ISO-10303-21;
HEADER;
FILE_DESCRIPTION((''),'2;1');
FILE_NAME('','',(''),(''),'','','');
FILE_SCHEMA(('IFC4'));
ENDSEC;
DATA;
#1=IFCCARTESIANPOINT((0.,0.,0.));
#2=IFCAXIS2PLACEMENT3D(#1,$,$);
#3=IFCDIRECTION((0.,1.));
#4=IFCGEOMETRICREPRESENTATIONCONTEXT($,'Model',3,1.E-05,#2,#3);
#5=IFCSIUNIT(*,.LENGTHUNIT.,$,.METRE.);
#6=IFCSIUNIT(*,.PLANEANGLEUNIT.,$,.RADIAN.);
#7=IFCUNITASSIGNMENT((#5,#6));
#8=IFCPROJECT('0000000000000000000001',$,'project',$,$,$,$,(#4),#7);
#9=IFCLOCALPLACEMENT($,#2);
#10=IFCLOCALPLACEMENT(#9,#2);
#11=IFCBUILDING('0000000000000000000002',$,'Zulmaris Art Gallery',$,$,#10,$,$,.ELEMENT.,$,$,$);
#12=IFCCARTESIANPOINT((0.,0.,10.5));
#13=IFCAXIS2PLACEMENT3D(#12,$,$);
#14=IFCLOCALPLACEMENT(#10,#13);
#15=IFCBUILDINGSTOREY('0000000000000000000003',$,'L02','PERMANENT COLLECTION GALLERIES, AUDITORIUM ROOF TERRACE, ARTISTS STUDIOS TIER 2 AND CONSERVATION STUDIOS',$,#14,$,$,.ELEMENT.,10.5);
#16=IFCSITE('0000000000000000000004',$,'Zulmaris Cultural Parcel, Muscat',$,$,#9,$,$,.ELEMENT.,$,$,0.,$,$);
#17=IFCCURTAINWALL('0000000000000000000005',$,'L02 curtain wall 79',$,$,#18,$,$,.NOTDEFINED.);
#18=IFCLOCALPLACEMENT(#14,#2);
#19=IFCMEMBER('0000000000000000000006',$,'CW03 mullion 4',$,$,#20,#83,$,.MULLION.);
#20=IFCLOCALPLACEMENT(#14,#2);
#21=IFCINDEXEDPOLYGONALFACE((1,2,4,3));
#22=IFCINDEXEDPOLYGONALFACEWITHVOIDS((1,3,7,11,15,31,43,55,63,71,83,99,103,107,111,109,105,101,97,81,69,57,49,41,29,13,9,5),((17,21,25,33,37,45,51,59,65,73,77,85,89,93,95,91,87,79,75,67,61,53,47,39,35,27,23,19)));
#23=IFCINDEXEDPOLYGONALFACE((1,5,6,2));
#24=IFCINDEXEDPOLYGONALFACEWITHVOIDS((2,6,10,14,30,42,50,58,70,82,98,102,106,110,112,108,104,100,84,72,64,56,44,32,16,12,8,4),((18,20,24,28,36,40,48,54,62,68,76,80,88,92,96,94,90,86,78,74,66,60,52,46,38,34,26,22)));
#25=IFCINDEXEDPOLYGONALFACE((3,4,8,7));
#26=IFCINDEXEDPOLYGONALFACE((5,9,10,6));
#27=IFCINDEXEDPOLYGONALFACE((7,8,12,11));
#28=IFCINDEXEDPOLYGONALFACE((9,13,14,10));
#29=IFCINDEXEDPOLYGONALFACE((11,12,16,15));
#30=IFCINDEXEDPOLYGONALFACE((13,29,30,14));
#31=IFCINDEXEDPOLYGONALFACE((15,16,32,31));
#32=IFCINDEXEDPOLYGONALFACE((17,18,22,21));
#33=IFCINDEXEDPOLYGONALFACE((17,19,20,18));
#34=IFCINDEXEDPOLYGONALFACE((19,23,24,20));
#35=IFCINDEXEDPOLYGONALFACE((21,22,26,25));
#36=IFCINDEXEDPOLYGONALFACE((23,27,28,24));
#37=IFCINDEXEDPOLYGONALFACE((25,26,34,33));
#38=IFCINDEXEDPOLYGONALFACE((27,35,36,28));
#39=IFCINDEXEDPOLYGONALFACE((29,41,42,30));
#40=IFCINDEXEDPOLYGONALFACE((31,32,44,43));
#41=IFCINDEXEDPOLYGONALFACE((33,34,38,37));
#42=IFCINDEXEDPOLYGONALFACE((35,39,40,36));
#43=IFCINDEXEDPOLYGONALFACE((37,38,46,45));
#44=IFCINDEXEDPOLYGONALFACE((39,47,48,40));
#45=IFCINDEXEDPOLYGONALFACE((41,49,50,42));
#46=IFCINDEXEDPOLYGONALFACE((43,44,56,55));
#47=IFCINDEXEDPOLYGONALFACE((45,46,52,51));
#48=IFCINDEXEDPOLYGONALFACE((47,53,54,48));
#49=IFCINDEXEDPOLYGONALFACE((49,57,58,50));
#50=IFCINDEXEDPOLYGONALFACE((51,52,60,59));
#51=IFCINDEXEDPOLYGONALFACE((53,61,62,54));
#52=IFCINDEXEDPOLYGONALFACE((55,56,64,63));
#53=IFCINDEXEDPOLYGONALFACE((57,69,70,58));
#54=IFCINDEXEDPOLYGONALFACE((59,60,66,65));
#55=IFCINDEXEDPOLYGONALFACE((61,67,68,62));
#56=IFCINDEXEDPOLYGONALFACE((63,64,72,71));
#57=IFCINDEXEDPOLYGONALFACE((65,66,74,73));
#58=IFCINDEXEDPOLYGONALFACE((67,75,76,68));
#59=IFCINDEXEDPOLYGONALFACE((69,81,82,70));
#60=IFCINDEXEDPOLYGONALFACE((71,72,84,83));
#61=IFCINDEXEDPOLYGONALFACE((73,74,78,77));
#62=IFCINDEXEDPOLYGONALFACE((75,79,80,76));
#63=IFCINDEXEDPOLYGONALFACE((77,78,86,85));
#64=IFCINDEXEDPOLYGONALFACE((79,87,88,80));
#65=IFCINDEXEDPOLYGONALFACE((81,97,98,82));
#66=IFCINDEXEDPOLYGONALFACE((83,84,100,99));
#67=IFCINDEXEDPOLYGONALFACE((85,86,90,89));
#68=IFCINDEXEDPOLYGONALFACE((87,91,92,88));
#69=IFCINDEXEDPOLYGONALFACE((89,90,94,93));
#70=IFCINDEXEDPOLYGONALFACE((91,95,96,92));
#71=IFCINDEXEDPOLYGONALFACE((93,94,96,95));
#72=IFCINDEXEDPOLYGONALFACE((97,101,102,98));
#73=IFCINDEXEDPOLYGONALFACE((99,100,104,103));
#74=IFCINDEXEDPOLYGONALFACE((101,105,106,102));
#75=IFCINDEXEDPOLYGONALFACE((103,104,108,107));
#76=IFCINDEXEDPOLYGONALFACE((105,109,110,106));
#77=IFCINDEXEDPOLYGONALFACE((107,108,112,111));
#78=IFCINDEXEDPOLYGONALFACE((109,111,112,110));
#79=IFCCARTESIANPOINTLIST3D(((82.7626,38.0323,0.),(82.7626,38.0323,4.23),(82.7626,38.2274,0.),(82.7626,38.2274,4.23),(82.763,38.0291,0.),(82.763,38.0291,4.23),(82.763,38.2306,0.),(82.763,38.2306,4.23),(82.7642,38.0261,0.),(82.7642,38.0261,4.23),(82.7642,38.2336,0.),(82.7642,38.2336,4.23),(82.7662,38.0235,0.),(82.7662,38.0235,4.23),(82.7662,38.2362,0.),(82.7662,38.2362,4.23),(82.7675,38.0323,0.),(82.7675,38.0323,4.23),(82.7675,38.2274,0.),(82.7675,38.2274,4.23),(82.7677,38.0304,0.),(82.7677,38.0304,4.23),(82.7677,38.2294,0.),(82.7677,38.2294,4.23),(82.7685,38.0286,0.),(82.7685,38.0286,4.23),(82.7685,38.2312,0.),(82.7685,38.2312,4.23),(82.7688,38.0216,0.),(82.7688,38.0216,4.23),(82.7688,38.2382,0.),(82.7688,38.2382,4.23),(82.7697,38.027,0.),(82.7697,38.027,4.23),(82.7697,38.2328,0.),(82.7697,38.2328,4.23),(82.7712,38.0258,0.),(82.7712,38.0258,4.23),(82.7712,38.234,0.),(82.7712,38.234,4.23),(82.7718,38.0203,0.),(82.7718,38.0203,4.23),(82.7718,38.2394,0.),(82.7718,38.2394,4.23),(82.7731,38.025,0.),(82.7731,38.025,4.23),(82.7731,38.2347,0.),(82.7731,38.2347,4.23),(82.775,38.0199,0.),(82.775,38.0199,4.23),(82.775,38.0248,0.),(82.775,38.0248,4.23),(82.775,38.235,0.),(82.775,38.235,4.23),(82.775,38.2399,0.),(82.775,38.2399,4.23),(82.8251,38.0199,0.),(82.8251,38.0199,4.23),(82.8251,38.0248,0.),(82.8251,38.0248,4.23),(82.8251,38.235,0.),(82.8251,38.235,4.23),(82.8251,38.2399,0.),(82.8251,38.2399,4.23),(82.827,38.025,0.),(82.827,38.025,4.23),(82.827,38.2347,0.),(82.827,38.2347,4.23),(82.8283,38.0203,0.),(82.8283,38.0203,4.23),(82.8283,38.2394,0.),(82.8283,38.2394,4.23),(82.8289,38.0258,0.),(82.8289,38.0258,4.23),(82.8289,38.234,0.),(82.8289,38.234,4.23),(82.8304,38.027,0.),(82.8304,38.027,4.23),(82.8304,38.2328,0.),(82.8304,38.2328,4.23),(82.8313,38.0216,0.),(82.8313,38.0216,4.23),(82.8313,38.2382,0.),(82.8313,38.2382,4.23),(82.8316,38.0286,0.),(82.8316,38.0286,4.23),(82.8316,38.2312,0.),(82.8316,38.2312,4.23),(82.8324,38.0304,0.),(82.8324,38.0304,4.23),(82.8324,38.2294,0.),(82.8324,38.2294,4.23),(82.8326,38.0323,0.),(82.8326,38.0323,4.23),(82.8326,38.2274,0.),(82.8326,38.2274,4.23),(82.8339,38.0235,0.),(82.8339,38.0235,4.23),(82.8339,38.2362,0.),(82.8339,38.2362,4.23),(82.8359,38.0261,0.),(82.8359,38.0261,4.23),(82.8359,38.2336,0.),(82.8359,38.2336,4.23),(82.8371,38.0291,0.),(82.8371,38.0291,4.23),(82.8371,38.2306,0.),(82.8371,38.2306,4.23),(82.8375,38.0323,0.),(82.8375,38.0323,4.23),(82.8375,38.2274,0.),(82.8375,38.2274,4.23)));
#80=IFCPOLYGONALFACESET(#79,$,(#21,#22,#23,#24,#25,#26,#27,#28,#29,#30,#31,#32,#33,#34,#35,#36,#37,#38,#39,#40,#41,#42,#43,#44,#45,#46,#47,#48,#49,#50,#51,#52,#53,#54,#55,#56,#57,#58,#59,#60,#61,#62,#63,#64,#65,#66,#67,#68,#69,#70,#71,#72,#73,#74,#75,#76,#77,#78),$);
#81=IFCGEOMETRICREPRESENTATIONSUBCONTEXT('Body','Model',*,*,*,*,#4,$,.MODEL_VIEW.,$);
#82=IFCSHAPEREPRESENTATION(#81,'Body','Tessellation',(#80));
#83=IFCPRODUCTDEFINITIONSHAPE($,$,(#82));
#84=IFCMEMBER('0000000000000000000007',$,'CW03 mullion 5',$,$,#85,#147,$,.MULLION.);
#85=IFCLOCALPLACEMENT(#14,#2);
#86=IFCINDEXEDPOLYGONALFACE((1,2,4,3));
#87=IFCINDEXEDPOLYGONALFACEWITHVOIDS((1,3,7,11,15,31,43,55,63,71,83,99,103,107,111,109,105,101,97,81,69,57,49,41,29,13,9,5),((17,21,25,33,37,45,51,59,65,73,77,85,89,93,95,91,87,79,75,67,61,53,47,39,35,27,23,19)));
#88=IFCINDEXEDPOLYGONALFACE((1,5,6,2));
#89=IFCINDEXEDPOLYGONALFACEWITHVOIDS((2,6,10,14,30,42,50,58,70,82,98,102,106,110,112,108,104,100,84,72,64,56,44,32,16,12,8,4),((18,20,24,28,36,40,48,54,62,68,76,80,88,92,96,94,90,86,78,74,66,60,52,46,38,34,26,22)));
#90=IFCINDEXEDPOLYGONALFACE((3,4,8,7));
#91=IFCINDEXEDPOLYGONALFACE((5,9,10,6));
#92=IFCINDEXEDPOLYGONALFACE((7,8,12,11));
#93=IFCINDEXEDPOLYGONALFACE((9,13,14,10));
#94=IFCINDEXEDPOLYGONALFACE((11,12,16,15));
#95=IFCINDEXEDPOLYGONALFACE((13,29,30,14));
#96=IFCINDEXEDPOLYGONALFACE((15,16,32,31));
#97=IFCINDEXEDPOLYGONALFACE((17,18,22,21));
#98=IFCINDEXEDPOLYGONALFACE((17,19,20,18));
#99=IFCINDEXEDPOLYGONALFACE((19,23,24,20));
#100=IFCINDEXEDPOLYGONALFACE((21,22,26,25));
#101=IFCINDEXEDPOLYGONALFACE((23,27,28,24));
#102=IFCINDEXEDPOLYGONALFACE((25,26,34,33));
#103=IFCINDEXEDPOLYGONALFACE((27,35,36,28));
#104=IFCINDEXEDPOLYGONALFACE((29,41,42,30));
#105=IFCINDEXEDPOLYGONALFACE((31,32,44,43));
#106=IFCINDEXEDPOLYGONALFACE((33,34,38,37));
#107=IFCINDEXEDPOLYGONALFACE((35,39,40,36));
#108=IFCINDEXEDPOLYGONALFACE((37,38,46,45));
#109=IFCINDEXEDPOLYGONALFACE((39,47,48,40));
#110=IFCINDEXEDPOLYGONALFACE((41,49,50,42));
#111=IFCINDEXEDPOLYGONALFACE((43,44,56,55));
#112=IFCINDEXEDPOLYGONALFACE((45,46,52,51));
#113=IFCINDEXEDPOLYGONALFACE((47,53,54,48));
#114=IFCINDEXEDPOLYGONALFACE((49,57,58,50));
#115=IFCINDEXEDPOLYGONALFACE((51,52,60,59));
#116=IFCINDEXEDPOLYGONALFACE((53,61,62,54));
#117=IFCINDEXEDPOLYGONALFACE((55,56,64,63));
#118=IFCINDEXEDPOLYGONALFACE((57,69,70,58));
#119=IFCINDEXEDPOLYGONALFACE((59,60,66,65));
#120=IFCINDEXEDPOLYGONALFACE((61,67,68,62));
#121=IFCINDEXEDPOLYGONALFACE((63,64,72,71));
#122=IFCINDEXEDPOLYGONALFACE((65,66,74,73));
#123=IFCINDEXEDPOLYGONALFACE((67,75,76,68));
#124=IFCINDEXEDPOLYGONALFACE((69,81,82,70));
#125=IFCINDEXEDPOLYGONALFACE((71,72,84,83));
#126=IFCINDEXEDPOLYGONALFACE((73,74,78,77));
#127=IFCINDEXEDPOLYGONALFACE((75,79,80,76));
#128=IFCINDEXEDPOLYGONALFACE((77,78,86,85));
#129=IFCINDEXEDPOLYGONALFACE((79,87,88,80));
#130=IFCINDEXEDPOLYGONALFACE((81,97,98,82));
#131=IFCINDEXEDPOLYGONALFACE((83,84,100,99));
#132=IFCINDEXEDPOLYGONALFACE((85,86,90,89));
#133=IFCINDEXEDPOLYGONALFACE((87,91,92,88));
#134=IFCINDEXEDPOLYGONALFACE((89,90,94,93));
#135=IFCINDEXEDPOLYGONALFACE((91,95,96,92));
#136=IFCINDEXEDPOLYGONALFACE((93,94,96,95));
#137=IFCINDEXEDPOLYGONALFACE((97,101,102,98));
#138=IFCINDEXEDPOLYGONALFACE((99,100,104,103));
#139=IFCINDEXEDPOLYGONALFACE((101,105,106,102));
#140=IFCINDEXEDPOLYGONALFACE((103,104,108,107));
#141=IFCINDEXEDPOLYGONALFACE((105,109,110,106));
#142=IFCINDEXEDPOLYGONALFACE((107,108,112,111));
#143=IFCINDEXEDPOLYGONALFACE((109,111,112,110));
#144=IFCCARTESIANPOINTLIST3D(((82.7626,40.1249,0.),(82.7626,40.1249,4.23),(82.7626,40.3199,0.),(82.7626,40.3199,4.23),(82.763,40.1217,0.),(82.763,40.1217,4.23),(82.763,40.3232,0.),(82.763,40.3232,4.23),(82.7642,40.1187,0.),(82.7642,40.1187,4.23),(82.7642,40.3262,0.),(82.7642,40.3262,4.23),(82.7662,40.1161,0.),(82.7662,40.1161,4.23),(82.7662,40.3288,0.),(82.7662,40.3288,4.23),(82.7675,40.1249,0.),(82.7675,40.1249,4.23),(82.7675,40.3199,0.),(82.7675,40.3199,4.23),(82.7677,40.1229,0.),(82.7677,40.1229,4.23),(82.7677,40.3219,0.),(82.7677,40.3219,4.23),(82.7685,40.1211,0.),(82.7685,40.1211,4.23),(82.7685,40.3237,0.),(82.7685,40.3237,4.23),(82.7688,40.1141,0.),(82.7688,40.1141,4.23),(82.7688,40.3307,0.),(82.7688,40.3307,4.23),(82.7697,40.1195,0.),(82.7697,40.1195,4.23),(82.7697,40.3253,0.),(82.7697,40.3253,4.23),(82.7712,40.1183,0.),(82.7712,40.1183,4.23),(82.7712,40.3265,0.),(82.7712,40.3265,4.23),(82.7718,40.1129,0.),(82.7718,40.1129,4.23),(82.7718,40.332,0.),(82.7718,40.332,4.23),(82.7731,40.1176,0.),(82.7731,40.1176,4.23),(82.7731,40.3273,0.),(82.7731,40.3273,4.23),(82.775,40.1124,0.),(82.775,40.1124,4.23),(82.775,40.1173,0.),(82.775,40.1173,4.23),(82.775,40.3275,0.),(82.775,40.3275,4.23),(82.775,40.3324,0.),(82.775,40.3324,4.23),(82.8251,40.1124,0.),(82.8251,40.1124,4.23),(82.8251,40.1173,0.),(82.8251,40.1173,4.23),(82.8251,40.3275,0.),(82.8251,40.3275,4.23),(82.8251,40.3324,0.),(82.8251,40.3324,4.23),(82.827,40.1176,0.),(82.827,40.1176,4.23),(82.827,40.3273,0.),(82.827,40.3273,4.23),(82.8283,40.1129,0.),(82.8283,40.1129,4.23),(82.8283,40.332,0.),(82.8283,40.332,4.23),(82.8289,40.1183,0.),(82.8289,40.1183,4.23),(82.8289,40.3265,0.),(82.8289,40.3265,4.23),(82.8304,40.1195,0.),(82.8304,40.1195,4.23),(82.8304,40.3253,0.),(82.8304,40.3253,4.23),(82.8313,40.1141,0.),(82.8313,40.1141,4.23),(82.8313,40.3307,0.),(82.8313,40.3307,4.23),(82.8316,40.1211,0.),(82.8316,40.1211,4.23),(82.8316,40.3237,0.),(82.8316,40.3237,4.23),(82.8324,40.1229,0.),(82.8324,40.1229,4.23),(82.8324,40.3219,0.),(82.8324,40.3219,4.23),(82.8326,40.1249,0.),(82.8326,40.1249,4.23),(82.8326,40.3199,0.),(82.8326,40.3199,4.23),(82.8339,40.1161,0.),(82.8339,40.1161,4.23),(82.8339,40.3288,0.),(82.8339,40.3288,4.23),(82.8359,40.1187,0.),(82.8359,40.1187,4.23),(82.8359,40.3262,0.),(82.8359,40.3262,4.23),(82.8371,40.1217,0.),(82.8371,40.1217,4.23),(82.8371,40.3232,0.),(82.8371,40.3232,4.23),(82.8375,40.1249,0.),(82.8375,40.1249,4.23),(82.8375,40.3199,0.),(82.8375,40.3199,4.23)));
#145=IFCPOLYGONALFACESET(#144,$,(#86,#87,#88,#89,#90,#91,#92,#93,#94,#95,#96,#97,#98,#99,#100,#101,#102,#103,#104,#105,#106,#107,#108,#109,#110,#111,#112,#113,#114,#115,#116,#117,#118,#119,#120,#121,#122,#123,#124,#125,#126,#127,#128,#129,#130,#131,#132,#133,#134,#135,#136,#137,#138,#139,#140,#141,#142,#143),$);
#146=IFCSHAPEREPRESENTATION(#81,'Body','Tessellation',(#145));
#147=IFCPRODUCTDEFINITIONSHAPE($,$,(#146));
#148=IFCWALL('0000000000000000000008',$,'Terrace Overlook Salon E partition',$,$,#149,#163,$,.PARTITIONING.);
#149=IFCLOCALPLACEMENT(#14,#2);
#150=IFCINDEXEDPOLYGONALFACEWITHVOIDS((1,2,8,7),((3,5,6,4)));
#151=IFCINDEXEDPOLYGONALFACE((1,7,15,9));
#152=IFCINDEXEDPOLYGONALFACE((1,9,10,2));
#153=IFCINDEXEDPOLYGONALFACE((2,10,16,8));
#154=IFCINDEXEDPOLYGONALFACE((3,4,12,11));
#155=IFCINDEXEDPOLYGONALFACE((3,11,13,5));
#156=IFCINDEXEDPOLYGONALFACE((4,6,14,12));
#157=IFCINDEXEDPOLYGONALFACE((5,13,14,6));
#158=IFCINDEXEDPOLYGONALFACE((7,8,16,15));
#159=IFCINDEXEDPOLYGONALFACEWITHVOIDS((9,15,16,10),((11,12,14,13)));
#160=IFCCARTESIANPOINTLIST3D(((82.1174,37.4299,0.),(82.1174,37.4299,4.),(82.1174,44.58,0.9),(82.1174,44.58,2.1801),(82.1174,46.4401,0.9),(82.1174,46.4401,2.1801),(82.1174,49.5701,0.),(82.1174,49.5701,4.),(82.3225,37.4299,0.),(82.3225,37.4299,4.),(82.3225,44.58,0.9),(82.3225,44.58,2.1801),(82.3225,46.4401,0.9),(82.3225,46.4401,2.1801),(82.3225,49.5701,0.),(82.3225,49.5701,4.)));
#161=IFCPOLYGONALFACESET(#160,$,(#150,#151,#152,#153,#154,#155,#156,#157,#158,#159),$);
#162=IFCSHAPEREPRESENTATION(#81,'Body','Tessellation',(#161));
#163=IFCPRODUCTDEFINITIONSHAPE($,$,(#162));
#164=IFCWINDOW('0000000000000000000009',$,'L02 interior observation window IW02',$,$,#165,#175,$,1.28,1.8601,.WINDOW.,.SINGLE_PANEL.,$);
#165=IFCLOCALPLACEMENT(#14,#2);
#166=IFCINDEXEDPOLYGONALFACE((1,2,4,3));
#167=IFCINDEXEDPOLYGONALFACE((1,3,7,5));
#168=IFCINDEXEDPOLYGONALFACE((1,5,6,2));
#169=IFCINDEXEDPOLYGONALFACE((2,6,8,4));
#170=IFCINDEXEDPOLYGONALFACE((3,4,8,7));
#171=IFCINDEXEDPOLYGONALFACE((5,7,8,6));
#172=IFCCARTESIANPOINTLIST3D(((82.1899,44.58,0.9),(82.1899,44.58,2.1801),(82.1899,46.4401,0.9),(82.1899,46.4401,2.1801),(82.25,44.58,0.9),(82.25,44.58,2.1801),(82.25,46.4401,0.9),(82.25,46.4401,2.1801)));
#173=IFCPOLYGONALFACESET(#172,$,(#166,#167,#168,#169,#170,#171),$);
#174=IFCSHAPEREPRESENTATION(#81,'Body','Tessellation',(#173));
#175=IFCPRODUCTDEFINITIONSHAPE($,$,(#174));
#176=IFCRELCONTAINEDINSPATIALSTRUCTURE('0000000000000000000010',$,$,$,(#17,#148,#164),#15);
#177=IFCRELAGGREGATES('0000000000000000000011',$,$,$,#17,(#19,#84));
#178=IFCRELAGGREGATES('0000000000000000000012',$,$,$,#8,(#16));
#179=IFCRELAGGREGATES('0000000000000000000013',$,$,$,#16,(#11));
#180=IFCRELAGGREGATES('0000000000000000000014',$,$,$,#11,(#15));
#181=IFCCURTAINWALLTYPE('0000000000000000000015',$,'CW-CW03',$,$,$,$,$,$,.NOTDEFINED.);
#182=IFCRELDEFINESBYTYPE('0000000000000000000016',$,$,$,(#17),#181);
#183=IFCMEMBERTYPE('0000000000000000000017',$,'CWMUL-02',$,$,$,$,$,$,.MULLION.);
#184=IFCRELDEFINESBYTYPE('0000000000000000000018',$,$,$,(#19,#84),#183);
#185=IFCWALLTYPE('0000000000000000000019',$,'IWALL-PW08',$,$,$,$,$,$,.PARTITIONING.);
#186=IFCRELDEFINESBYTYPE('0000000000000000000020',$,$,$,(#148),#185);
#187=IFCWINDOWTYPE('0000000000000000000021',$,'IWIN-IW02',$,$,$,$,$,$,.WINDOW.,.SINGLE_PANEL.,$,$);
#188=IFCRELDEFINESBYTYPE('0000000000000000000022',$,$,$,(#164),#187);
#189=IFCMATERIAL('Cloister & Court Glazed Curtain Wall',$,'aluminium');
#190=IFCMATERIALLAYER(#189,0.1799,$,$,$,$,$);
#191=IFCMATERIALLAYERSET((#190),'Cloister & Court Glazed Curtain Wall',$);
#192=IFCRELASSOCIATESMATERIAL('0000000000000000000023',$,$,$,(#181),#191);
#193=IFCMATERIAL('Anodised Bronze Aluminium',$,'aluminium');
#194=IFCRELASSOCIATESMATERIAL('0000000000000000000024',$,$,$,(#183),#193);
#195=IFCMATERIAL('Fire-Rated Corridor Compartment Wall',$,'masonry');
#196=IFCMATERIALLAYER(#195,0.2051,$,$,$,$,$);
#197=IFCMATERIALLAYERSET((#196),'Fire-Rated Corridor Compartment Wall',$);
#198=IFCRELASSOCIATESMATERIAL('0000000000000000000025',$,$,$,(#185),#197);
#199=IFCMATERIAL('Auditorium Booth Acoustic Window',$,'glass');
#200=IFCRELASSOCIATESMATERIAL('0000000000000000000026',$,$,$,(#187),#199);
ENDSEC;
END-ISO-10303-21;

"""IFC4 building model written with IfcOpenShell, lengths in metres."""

from ifc_helpers import new_model, si_unit, direction, frame, frame_2d, origin, origin_2d, place, context, subcontext, project, spatial, rectangle, hollow_rectangle, extrude, material, layer, layer_set, material_profile, profile_set, type_object, element, fill, aggregate, save


model = new_model("IFC4")

# Units and contexts
model_context = context("Model", 3, precision=1e-05, world=origin(), true_north=direction((0.0, 1.0)))
body_context = subcontext(model_context, "Body", "Model", "MODEL_VIEW")
ifc_project = project(units=[si_unit("LENGTHUNIT", "METRE"), si_unit("PLANEANGLEUNIT", "RADIAN")], contexts=[model_context])

# Site, building, storey
site_placement = place(None, origin())
site = spatial("IfcSite", under=ifc_project, at=site_placement, Name="Zulmaris Cultural Parcel, Muscat", CompositionType="ELEMENT", RefElevation=0.0)
building_placement = place(site_placement, origin())
building = spatial("IfcBuilding", under=site, at=building_placement, Name="Zulmaris Art Gallery", CompositionType="ELEMENT")
storey_placement = place(building_placement, frame((0.0, 0.0, 10.5)))
storey = spatial("IfcBuildingStorey", under=building, at=storey_placement, Name="L02", Description="PERMANENT COLLECTION GALLERIES, AUDITORIUM ROOF TERRACE, ARTISTS STUDIOS TIER 2 AND CONSERVATION STUDIOS", CompositionType="ELEMENT", Elevation=10.5)

# Curtain wall, members
ifc_material_1 = material(Name="Cloister & Court Glazed Curtain Wall", Category="aluminium")
ifc_layer_1 = layer(ifc_material_1, 0.1799)
ifc_layer_set_1 = layer_set([ifc_layer_1], Name="Cloister & Court Glazed Curtain Wall")
curtain_wall_type = type_object("IfcCurtainWallType", Name="CW-CW03", PredefinedType="NOTDEFINED", material=ifc_layer_set_1)
curtain_wall_placement = place(storey_placement, origin())
curtain_wall = element("IfcCurtainWall", 1, at=curtain_wall_placement, inside=storey, type_object=curtain_wall_type, Name="L02 curtain wall 79", PredefinedType="NOTDEFINED")
ifc_material_2 = material(Name="Anodised Bronze Aluminium", Category="aluminium")
ifc_material_profile_1 = material_profile(ifc_material_2, hollow_rectangle(XDim=0.075, YDim=0.22, WallThickness=0.0049, InnerFilletRadius=0.0076, OuterFilletRadius=0.0125, at=origin_2d()), Name="ALU 75x220x5")
ifc_profile_set_1 = profile_set([ifc_material_profile_1], Name="Anodised Bronze Aluminium")
member_type = type_object("IfcMemberType", Name="CWMUL-02", PredefinedType="MULLION", material=ifc_profile_set_1)
member_1_placement = place(storey_placement, frame((82.8, 38.1299, 0.0), z_axis=(0.0, 0.0, 1.0), x_axis=(-1.0, 0.0, 0.0)))
member_1 = element("IfcMember", 2, at=member_1_placement, type_object=member_type, Name="CW03 mullion 4", PredefinedType="MULLION", context=body_context, shape_type="SweptSolid", body=[
    extrude(hollow_rectangle(XDim=0.075, YDim=0.22, WallThickness=0.0049, InnerFilletRadius=0.0076, OuterFilletRadius=0.0125, at=origin_2d()), origin(), (0.0, 0.0, 1.0), 4.23),
])
member_2_placement = place(storey_placement, frame((82.8, 40.2224, 0.0), z_axis=(0.0, 0.0, 1.0), x_axis=(-1.0, 0.0, 0.0)))
member_2 = element("IfcMember", 3, at=member_2_placement, type_object=member_type, Name="CW03 mullion 5", PredefinedType="MULLION", context=body_context, shape_type="SweptSolid", body=[
    extrude(hollow_rectangle(XDim=0.075, YDim=0.22, WallThickness=0.0049, InnerFilletRadius=0.0076, OuterFilletRadius=0.0125, at=origin_2d()), origin(), (0.0, 0.0, 1.0), 4.23),
])
aggregate(curtain_wall, [member_1, member_2])

# Wall, opening, window
ifc_material_3 = material(Name="Fire-Rated Corridor Compartment Wall", Category="masonry")
ifc_layer_2 = layer(ifc_material_3, 0.2051)
ifc_layer_set_2 = layer_set([ifc_layer_2], Name="Fire-Rated Corridor Compartment Wall")
wall_type_1 = type_object("IfcWallType", Name="IWALL-PW08", PredefinedType="PARTITIONING", material=ifc_layer_set_2)
wall_1_placement = place(storey_placement, frame((82.22, 37.4299, 0.0), z_axis=(0.0, 0.0, 1.0), x_axis=(0.0, 1.0, 0.0)))
wall_1 = element("IfcWall", 4, at=wall_1_placement, inside=storey, type_object=wall_type_1, Name="Terrace Overlook Salon E partition", PredefinedType="PARTITIONING", context=body_context, shape_type="SweptSolid", body=[
    extrude(rectangle(XDim=12.1401, YDim=0.2051, at=frame_2d((6.0701, 0.0))), origin(), (0.0, 0.0, 1.0), 4.0),
])
opening_1_placement = place(wall_1_placement, frame((7.1499, 0.0, 0.8999)))
opening_1 = element("IfcOpeningElement", 5, at=opening_1_placement, cuts=wall_1, PredefinedType="OPENING", context=body_context, shape_type="SweptSolid", body=[
    extrude(rectangle(XDim=1.8601, YDim=1.28, at=frame_2d((0.9302, 0.6401))), frame((0.0, 0.1125, 0.0), z_axis=(0.0, -1.0, 0.0), x_axis=(1.0, 0.0, 0.0)), (0.0, 0.0, 1.0), 0.2251),
])
ifc_material_4 = material(Name="Auditorium Booth Acoustic Window", Category="glass")
window_type = type_object("IfcWindowType", Name="IWIN-IW02", PartitioningType="SINGLE_PANEL", PredefinedType="WINDOW", material=ifc_material_4)
window_placement = place(opening_1_placement, origin())
window = element("IfcWindow", 6, at=window_placement, inside=storey, type_object=window_type, Name="L02 interior observation window IW02", OverallHeight=1.28, OverallWidth=1.8601, PartitioningType="SINGLE_PANEL", PredefinedType="WINDOW", context=body_context, shape_type="SweptSolid", body=[
    extrude(rectangle(XDim=1.8601, YDim=1.28, at=frame_2d((0.9302, 0.6401))), frame((0.0, 0.03, 0.0), z_axis=(0.0, -1.0, 0.0), x_axis=(1.0, 0.0, 0.0)), (0.0, 0.0, 1.0), 0.0601),
])
fill(opening_1, window)

save(model, "model.ifc")
